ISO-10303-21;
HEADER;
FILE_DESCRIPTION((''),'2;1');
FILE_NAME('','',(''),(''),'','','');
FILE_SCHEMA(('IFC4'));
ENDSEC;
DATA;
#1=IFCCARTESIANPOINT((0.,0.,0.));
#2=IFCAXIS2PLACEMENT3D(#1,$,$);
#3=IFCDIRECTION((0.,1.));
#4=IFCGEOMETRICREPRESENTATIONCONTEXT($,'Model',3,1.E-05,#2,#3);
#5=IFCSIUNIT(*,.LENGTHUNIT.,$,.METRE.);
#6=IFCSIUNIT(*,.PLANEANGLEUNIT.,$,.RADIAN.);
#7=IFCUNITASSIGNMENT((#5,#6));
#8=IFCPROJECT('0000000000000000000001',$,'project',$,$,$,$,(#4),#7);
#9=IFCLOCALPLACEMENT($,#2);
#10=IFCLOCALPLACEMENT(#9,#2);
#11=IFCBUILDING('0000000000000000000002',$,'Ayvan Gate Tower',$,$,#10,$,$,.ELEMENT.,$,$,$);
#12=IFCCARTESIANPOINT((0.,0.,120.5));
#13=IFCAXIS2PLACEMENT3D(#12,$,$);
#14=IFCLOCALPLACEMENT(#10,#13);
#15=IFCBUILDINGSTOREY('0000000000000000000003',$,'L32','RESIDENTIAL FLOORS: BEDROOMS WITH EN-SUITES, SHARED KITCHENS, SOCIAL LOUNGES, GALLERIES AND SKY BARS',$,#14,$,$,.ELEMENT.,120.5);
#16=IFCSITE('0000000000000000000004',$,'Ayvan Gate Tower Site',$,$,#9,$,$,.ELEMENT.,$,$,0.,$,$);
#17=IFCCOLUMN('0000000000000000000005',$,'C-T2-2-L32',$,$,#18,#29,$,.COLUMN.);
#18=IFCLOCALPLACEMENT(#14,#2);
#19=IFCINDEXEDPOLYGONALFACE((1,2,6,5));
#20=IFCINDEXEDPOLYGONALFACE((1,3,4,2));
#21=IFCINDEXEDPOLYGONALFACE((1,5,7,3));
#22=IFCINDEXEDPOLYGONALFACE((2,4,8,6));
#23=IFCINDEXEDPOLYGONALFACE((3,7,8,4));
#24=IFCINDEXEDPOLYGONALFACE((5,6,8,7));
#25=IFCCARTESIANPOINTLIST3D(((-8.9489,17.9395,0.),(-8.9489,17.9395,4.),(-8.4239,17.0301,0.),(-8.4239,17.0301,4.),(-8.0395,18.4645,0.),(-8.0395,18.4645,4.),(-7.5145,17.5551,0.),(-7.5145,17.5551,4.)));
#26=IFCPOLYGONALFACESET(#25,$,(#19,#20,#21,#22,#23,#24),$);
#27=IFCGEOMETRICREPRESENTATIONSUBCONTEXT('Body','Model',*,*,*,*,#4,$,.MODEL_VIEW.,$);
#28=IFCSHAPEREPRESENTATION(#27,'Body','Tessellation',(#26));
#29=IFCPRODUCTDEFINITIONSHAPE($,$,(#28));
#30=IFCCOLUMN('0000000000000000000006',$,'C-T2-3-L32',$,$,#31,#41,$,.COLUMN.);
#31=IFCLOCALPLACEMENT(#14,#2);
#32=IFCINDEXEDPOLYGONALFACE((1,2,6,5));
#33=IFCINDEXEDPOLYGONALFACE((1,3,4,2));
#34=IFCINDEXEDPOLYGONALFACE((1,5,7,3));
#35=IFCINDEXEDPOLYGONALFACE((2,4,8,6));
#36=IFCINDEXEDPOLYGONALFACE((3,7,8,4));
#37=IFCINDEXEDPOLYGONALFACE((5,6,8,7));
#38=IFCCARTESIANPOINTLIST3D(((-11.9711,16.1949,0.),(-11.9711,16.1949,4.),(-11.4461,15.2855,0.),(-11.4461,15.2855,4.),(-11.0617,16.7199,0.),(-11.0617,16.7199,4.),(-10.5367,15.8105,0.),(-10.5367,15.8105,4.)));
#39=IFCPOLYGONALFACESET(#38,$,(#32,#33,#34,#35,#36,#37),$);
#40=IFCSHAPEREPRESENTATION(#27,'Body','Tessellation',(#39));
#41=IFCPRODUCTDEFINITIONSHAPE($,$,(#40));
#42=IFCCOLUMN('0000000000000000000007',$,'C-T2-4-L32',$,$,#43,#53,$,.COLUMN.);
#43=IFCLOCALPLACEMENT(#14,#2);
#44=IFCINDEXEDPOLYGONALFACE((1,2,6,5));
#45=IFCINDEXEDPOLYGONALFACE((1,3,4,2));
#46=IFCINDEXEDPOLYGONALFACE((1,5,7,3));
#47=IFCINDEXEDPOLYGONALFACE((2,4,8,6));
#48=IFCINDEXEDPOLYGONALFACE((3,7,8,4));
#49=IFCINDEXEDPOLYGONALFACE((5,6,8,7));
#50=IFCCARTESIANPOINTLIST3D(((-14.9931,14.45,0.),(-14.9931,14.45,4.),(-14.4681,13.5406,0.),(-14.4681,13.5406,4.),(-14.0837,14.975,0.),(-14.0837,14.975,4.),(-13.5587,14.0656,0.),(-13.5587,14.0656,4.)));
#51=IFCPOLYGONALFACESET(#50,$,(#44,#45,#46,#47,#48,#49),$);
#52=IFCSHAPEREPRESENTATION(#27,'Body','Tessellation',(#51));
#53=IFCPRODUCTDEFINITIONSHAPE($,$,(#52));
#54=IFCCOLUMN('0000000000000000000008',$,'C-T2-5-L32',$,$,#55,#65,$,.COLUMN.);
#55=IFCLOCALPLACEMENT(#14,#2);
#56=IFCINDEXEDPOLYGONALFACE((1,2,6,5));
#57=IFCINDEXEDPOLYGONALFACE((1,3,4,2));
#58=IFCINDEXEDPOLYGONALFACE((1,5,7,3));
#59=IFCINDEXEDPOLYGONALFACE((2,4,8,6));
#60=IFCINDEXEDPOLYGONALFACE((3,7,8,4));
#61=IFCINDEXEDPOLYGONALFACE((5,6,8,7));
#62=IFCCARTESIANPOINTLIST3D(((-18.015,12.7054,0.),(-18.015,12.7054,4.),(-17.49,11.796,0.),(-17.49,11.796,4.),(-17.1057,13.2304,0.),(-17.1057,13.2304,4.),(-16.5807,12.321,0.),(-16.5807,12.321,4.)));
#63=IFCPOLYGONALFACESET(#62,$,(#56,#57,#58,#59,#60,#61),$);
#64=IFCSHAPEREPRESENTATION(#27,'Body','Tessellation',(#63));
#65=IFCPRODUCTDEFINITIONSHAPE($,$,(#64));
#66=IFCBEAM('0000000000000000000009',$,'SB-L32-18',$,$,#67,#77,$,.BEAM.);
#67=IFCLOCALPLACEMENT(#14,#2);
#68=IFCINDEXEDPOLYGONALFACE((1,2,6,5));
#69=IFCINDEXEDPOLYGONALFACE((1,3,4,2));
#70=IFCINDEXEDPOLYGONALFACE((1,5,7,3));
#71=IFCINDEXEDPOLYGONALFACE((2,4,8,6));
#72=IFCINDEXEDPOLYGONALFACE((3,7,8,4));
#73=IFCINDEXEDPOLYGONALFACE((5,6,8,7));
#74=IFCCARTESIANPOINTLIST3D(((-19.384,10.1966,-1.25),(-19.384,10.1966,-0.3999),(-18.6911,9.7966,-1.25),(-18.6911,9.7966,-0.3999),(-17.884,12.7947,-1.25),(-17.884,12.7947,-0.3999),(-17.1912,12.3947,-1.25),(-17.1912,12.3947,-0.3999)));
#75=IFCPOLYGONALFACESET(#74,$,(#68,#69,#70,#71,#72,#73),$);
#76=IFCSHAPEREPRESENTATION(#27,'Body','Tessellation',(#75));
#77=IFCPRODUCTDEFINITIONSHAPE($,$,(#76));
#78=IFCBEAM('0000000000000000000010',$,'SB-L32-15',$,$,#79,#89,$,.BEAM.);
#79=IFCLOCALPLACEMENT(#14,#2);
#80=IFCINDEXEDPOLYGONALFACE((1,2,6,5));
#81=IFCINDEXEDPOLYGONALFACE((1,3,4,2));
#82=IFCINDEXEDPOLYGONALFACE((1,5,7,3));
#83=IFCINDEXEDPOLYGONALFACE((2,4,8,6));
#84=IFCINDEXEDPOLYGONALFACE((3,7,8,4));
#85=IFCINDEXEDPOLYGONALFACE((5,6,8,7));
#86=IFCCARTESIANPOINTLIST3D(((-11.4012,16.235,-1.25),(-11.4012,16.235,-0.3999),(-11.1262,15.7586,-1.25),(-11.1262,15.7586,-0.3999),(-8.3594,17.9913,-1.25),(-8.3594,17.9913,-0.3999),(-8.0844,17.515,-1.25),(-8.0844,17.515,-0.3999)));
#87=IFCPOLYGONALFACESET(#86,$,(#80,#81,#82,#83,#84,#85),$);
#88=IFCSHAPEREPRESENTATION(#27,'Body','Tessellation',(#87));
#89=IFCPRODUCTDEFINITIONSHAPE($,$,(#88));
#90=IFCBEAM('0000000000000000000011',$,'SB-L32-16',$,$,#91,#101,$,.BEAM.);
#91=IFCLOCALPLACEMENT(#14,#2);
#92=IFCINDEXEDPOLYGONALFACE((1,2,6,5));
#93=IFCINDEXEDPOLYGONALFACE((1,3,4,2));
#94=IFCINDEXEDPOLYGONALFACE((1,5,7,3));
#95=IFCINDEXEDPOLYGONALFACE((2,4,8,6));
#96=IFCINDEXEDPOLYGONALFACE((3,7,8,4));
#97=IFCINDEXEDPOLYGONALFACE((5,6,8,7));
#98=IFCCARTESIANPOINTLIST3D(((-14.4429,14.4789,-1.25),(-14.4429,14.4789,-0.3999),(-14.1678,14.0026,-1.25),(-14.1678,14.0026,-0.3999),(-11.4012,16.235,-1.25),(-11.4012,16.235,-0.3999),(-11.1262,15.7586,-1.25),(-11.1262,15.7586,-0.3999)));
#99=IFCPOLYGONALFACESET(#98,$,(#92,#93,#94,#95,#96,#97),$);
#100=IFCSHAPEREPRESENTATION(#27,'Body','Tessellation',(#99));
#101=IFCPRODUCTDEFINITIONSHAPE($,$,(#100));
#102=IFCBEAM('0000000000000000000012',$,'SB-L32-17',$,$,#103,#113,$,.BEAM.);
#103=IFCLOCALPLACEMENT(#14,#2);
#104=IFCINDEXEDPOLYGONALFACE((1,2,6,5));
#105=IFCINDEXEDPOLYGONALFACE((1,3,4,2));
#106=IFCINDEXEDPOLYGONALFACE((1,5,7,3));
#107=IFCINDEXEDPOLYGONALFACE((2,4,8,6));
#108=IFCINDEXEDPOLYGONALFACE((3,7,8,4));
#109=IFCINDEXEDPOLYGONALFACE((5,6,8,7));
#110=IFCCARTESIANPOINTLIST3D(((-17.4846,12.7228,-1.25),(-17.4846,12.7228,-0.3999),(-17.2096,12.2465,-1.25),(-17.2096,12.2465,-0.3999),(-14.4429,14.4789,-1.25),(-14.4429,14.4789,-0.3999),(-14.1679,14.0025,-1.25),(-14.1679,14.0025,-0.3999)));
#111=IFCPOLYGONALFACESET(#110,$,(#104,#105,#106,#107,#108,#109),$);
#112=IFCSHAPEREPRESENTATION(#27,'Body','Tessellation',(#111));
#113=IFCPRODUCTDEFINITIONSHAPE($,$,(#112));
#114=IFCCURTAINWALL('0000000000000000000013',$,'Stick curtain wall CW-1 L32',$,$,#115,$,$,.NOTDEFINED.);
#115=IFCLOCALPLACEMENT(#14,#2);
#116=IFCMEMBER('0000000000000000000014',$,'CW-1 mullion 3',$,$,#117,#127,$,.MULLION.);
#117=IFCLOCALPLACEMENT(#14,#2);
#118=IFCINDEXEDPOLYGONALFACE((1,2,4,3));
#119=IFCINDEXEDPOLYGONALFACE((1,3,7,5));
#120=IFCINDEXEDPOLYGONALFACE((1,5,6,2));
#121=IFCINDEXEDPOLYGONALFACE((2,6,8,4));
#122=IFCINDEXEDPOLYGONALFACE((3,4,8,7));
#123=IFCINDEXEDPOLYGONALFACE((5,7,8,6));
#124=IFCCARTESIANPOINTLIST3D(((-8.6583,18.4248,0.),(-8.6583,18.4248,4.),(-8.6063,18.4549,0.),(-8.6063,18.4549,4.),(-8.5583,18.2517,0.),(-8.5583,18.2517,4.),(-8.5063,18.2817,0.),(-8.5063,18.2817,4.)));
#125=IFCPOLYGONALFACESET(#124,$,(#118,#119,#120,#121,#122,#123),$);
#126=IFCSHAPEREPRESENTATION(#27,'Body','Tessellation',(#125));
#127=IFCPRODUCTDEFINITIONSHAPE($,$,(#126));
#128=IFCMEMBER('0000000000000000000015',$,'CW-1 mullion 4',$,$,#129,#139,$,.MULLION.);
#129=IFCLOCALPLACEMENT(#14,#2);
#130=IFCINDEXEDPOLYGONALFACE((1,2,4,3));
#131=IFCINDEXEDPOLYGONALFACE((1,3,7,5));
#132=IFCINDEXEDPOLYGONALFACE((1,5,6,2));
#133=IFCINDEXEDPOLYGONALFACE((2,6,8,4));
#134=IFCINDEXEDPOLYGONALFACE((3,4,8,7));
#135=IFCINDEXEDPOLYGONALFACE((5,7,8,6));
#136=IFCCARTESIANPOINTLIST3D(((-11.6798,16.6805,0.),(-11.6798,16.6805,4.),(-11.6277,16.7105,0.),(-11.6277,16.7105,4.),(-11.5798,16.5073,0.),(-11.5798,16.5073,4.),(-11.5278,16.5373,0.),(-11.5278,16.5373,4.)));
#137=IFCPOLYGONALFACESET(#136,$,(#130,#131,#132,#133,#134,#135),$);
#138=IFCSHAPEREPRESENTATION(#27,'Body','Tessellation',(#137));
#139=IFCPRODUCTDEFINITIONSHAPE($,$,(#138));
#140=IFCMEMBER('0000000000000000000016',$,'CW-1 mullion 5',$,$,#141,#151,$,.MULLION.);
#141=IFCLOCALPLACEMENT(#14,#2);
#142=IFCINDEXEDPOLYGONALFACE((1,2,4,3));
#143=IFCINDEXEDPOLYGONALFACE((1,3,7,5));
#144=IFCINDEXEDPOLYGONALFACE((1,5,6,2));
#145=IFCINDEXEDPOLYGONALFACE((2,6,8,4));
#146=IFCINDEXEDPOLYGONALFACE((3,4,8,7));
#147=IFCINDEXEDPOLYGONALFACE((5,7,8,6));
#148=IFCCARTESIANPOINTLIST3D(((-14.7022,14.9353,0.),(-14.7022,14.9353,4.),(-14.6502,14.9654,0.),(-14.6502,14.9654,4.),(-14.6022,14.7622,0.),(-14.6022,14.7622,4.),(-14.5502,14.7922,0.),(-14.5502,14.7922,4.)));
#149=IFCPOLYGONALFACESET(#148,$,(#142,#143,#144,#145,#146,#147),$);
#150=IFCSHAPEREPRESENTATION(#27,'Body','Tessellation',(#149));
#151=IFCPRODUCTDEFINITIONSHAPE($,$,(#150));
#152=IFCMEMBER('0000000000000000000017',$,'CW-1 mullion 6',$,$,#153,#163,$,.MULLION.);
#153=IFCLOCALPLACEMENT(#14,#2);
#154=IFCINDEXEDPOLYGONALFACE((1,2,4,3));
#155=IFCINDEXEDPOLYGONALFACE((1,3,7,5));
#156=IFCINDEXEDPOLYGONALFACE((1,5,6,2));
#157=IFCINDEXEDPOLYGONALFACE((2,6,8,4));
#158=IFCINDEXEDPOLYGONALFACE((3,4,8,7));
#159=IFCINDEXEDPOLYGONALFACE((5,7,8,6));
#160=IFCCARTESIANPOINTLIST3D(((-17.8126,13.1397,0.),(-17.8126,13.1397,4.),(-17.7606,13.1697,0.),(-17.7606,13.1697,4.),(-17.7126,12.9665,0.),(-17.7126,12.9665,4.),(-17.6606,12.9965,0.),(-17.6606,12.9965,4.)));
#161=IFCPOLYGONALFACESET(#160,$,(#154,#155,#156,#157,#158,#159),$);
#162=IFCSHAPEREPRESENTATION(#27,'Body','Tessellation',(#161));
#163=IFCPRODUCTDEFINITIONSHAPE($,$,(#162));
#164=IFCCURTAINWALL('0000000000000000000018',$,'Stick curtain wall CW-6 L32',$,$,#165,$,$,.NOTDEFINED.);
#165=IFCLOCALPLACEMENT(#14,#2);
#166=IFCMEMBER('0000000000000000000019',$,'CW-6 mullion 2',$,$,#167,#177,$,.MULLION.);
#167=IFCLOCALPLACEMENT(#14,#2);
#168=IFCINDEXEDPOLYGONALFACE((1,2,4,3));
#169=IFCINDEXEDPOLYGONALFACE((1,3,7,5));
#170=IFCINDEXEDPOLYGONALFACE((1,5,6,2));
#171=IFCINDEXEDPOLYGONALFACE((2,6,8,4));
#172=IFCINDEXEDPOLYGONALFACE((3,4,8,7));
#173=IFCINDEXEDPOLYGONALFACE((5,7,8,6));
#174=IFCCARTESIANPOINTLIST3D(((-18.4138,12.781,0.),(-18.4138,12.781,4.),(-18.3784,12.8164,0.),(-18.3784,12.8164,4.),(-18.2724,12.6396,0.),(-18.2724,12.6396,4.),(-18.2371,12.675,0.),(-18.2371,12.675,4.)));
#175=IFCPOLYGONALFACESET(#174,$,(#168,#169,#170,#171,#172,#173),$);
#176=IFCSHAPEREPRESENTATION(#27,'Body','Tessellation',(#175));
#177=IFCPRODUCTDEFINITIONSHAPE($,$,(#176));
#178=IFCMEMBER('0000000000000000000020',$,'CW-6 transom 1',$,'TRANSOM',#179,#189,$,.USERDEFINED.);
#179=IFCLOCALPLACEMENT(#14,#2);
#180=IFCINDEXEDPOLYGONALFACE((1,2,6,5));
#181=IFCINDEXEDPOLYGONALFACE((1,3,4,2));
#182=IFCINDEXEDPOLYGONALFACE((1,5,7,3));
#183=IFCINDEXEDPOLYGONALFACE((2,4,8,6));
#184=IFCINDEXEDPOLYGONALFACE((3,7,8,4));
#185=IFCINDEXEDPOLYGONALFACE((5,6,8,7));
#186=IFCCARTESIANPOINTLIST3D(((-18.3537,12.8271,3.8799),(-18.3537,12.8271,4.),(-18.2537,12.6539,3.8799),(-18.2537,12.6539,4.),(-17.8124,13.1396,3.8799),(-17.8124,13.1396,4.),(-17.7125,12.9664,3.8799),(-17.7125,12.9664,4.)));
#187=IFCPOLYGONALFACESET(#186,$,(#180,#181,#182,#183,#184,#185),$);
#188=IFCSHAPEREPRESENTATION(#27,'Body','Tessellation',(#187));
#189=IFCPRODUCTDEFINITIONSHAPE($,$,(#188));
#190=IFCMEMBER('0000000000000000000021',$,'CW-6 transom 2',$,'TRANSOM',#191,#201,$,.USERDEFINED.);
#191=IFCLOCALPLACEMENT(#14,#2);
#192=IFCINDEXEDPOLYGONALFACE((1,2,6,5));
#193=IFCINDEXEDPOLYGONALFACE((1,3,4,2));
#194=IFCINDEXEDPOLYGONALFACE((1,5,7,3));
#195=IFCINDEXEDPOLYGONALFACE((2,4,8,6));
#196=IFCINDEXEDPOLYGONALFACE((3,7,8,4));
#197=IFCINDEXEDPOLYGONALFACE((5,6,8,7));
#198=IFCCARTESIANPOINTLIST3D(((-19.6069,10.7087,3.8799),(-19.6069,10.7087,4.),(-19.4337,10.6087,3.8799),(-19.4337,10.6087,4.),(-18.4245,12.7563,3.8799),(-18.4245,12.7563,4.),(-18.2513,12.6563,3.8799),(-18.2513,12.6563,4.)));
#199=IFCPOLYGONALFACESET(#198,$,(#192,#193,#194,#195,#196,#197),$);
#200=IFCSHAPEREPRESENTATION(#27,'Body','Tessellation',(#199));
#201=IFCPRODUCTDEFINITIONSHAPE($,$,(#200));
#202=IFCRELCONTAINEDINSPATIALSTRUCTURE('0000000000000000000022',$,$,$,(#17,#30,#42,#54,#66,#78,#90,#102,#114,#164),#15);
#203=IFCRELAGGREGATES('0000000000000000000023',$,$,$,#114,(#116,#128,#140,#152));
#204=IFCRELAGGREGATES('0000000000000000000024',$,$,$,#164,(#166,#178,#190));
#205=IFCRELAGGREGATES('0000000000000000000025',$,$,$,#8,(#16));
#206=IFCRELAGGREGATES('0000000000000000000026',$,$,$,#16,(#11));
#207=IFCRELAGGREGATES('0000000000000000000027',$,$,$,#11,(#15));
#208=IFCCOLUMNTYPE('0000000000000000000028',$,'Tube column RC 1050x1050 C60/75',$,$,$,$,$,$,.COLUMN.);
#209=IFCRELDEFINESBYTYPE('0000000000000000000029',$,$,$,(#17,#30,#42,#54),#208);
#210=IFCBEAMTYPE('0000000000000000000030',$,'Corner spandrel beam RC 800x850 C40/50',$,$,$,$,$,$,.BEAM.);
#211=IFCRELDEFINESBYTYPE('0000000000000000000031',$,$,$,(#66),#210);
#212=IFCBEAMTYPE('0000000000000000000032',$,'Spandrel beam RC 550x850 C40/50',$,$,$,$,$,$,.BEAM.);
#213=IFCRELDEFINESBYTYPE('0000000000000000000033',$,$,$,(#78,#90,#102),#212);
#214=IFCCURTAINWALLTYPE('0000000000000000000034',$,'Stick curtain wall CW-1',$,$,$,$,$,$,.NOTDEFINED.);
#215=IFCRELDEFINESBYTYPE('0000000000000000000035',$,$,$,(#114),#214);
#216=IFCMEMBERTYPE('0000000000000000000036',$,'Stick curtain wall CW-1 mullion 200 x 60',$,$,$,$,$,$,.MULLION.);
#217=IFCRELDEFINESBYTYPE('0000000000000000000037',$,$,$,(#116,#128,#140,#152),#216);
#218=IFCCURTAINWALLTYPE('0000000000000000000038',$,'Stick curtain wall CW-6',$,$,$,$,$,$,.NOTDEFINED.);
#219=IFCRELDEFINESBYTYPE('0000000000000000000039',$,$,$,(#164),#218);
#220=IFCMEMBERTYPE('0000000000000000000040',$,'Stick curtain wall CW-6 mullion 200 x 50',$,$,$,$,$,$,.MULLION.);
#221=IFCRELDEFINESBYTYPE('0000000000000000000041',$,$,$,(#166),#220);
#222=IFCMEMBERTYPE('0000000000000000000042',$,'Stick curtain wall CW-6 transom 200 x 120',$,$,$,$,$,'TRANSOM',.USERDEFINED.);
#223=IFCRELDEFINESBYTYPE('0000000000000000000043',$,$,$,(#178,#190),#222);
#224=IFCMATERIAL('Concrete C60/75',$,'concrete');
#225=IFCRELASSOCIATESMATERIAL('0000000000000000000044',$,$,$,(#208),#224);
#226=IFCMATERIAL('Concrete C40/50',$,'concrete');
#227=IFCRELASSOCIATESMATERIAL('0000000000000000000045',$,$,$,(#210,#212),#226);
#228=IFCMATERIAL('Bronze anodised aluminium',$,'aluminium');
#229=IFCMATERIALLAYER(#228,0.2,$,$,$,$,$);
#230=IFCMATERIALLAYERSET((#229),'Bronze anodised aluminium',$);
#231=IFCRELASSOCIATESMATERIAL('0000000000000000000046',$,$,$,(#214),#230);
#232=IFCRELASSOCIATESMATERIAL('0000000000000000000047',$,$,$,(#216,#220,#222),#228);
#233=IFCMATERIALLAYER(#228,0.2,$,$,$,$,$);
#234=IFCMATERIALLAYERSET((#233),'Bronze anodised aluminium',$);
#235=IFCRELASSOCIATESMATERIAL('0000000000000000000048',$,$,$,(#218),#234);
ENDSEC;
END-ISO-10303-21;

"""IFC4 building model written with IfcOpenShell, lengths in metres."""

from ifc_helpers import new_model, si_unit, direction, frame, origin, origin_2d, place, context, subcontext, project, spatial, rectangle, extrude, material, layer, layer_set, material_profile, profile_set, type_object, element, aggregate, save


model = new_model("IFC4")

# Units and contexts
model_context = context("Model", 3, precision=1e-05, world=origin(), true_north=direction((0.0, 1.0)))
body_context = subcontext(model_context, "Body", "Model", "MODEL_VIEW")
ifc_project = project(units=[si_unit("LENGTHUNIT", "METRE"), si_unit("PLANEANGLEUNIT", "RADIAN")], contexts=[model_context])

# Site, building, storey
site_placement = place(None, origin())
site = spatial("IfcSite", under=ifc_project, at=site_placement, Name="Ayvan Gate Tower Site", CompositionType="ELEMENT", RefElevation=0.0)
building_placement = place(site_placement, origin())
building = spatial("IfcBuilding", under=site, at=building_placement, Name="Ayvan Gate Tower", CompositionType="ELEMENT")
storey_placement = place(building_placement, frame((0.0, 0.0, 120.5)))
storey = spatial("IfcBuildingStorey", under=building, at=storey_placement, Name="L32", Description="RESIDENTIAL FLOORS: BEDROOMS WITH EN-SUITES, SHARED KITCHENS, SOCIAL LOUNGES, GALLERIES AND SKY BARS", CompositionType="ELEMENT", Elevation=120.5)

# Columns
ifc_material_1 = material(Name="Concrete C60/75", Category="concrete")
ifc_material_profile_1 = material_profile(ifc_material_1, rectangle(XDim=1.05, YDim=1.05, at=origin_2d()), Name="RC 1050x1050")
ifc_profile_set_1 = profile_set([ifc_material_profile_1], Name="Concrete C60/75")
column_type = type_object("IfcColumnType", Name="Tube column RC 1050x1050 C60/75", PredefinedType="COLUMN", material=ifc_profile_set_1)
for number, where, z_axis, x_axis, name in (
    (1, (-8.2317, 17.7473, 0.0), (0.0, 0.0, 1.0), (-0.5, 0.866025, 0.0), "C-T2-2-L32"),
    (2, (-11.2539, 16.0027, 0.0), (0.0, 0.0, 1.0), (-0.5, 0.866025, 0.0), "C-T2-3-L32"),
    (3, (-14.2759, 14.2578, 0.0), (0.0, 0.0, 1.0), (-0.5, 0.866025, 0.0), "C-T2-4-L32"),
    (4, (-17.2979, 12.5132, 0.0), (0.0, 0.0, 1.0), (-0.5, 0.866025, 0.0), "C-T2-5-L32"),
):
    element("IfcColumn", number, at=place(storey_placement, frame(where, z_axis=z_axis, x_axis=x_axis)), inside=storey, type_object=column_type, Name=name, PredefinedType="COLUMN", context=body_context, shape_type="SweptSolid", body=[
        extrude(rectangle(XDim=1.05, YDim=1.05, at=origin_2d()), origin(), (0.0, 0.0, 1.0), 4.0),
    ])

# Beams
ifc_material_2 = material(Name="Concrete C40/50", Category="concrete")
ifc_material_profile_2 = material_profile(ifc_material_2, rectangle(XDim=0.8, YDim=0.8501, at=origin_2d()), Name="RC 800x850")
ifc_profile_set_2 = profile_set([ifc_material_profile_2], Name="Concrete C40/50")
beam_type_1 = type_object("IfcBeamType", Name="Corner spandrel beam RC 800x850 C40/50", PredefinedType="BEAM", material=ifc_profile_set_2)
beam_1_placement = place(storey_placement, frame((-17.5376, 12.5947, -0.825), z_axis=(-0.49999, -0.866031, 0.0), x_axis=(0.866031, -0.49999, 0.0)))
element("IfcBeam", 5, at=beam_1_placement, inside=storey, type_object=beam_type_1, Name="SB-L32-18", PredefinedType="BEAM", context=body_context, shape_type="SweptSolid", body=[
    extrude(rectangle(XDim=0.8, YDim=0.8501, at=origin_2d()), origin(), (0.0, 0.0, 1.0), 3.0),
])
ifc_material_profile_3 = material_profile(ifc_material_2, rectangle(XDim=0.55, YDim=0.8501, at=origin_2d()), Name="RC 550x850")
ifc_profile_set_3 = profile_set([ifc_material_profile_3], Name="Concrete C40/50")
beam_type_2 = type_object("IfcBeamType", Name="Spandrel beam RC 550x850 C40/50", PredefinedType="BEAM", material=ifc_profile_set_3)
beam_2_placement = place(storey_placement, frame((-8.2219, 17.7532, -0.825), z_axis=(-0.866002, -0.500041, 0.0), x_axis=(0.500041, -0.866002, 0.0)))
element("IfcBeam", 6, at=beam_2_placement, inside=storey, type_object=beam_type_2, Name="SB-L32-15", PredefinedType="BEAM", context=body_context, shape_type="SweptSolid", body=[
    extrude(rectangle(XDim=0.55, YDim=0.8501, at=origin_2d()), origin(), (0.0, 0.0, 1.0), 3.5125),
])
for number, where, z_axis, x_axis, name in (
    (7, (-11.2637, 15.9968, -0.825), (-0.866032, -0.499989, 0.0), (0.499989, -0.866032, 0.0), "SB-L32-16"),
    (8, (-14.3054, 14.2407, -0.825), (-0.866032, -0.499989, 0.0), (0.499989, -0.866032, 0.0), "SB-L32-17"),
):
    element("IfcBeam", number, at=place(storey_placement, frame(where, z_axis=z_axis, x_axis=x_axis)), inside=storey, type_object=beam_type_2, Name=name, PredefinedType="BEAM", context=body_context, shape_type="SweptSolid", body=[
        extrude(rectangle(XDim=0.55, YDim=0.8501, at=origin_2d()), origin(), (0.0, 0.0, 1.0), 3.5122),
    ])

# Curtain walls, members
ifc_material_3 = material(Name="Bronze anodised aluminium", Category="aluminium")
ifc_layer_1 = layer(ifc_material_3, 0.2)
ifc_layer_set_1 = layer_set([ifc_layer_1], Name="Bronze anodised aluminium")
curtain_wall_type_1 = type_object("IfcCurtainWallType", Name="Stick curtain wall CW-1", PredefinedType="NOTDEFINED", material=ifc_layer_set_1)
curtain_wall_1_placement = place(storey_placement, origin())
curtain_wall_1 = element("IfcCurtainWall", 9, at=curtain_wall_1_placement, inside=storey, type_object=curtain_wall_type_1, Name="Stick curtain wall CW-1 L32", PredefinedType="NOTDEFINED")
ifc_material_profile_4 = material_profile(ifc_material_3, rectangle(XDim=0.2, YDim=0.0601, at=origin_2d()), Name="Stick curtain wall CW-1 mullion 200 x 60")
ifc_profile_set_4 = profile_set([ifc_material_profile_4], Name="Bronze anodised aluminium")
member_type_1 = type_object("IfcMemberType", Name="Stick curtain wall CW-1 mullion 200 x 60", PredefinedType="MULLION", material=ifc_profile_set_4)
member_1_placement = place(storey_placement, frame((-8.5823, 18.3533, 0.0), z_axis=(0.0, 0.0, 1.0), x_axis=(-0.5, 0.866025, 0.0)))
member_1 = element("IfcMember", 10, at=member_1_placement, type_object=member_type_1, Name="CW-1 mullion 3", PredefinedType="MULLION", context=body_context, shape_type="SweptSolid", body=[
    extrude(rectangle(XDim=0.2, YDim=0.0601, at=origin_2d()), origin(), (0.0, 0.0, 1.0), 4.0),
])
member_2_placement = place(storey_placement, frame((-11.6038, 16.6089, 0.0), z_axis=(0.0, 0.0, 1.0), x_axis=(-0.5, 0.866025, 0.0)))
member_2 = element("IfcMember", 11, at=member_2_placement, type_object=member_type_1, Name="CW-1 mullion 4", PredefinedType="MULLION", context=body_context, shape_type="SweptSolid", body=[
    extrude(rectangle(XDim=0.2, YDim=0.0601, at=origin_2d()), origin(), (0.0, 0.0, 1.0), 4.0),
])
member_3_placement = place(storey_placement, frame((-14.6262, 14.8638, 0.0), z_axis=(0.0, 0.0, 1.0), x_axis=(-0.5, 0.866025, 0.0)))
member_3 = element("IfcMember", 12, at=member_3_placement, type_object=member_type_1, Name="CW-1 mullion 5", PredefinedType="MULLION", context=body_context, shape_type="SweptSolid", body=[
    extrude(rectangle(XDim=0.2, YDim=0.0601, at=origin_2d()), origin(), (0.0, 0.0, 1.0), 4.0),
])
member_4_placement = place(storey_placement, frame((-17.7366, 13.0681, 0.0), z_axis=(0.0, 0.0, 1.0), x_axis=(-0.5, 0.866025, 0.0)))
member_4 = element("IfcMember", 13, at=member_4_placement, type_object=member_type_1, Name="CW-1 mullion 6", PredefinedType="MULLION", context=body_context, shape_type="SweptSolid", body=[
    extrude(rectangle(XDim=0.2, YDim=0.0601, at=origin_2d()), origin(), (0.0, 0.0, 1.0), 4.0),
])
ifc_layer_2 = layer(ifc_material_3, 0.2)
ifc_layer_set_2 = layer_set([ifc_layer_2], Name="Bronze anodised aluminium")
curtain_wall_type_2 = type_object("IfcCurtainWallType", Name="Stick curtain wall CW-6", PredefinedType="NOTDEFINED", material=ifc_layer_set_2)
curtain_wall_2_placement = place(storey_placement, origin())
curtain_wall_2 = element("IfcCurtainWall", 14, at=curtain_wall_2_placement, inside=storey, type_object=curtain_wall_type_2, Name="Stick curtain wall CW-6 L32", PredefinedType="NOTDEFINED")
ifc_material_profile_5 = material_profile(ifc_material_3, rectangle(XDim=0.2, YDim=0.05, at=origin_2d()), Name="Stick curtain wall CW-6 mullion 200 x 50")
ifc_profile_set_5 = profile_set([ifc_material_profile_5], Name="Bronze anodised aluminium")
member_type_2 = type_object("IfcMemberType", Name="Stick curtain wall CW-6 mullion 200 x 50", PredefinedType="MULLION", material=ifc_profile_set_5)
member_5_placement = place(storey_placement, frame((-18.3254, 12.728, 0.0), z_axis=(0.0, 0.0, 1.0), x_axis=(-0.707107, 0.707107, 0.0)))
member_5 = element("IfcMember", 15, at=member_5_placement, type_object=member_type_2, Name="CW-6 mullion 2", PredefinedType="MULLION", context=body_context, shape_type="SweptSolid", body=[
    extrude(rectangle(XDim=0.2, YDim=0.05, at=origin_2d()), origin(), (0.0, 0.0, 1.0), 4.0),
])
ifc_material_profile_6 = material_profile(ifc_material_3, rectangle(XDim=0.2, YDim=0.1201, at=origin_2d()), Name="Stick curtain wall CW-6 transom 200 x 120")
ifc_profile_set_6 = profile_set([ifc_material_profile_6], Name="Bronze anodised aluminium")
member_type_3 = type_object("IfcMemberType", Name="Stick curtain wall CW-6 transom 200 x 120", ElementType="TRANSOM", PredefinedType="USERDEFINED", material=ifc_profile_set_6)
member_6_placement = place(storey_placement, frame((-17.7625, 13.053, 3.9399), z_axis=(-0.866023, -0.500004, 0.0), x_axis=(0.500004, -0.866023, 0.0)))
member_6 = element("IfcMember", 16, at=member_6_placement, type_object=member_type_3, Name="CW-6 transom 1", ObjectType="TRANSOM", PredefinedType="USERDEFINED", context=body_context, shape_type="SweptSolid", body=[
    extrude(rectangle(XDim=0.2, YDim=0.1201, at=origin_2d()), origin(), (0.0, 0.0, 1.0), 0.625),
])
member_7_placement = place(storey_placement, frame((-18.3379, 12.7063, 3.9399), z_axis=(-0.500059, -0.865991, 0.0), x_axis=(0.865991, -0.500059, 0.0)))
member_7 = element("IfcMember", 17, at=member_7_placement, type_object=member_type_3, Name="CW-6 transom 2", ObjectType="TRANSOM", PredefinedType="USERDEFINED", context=body_context, shape_type="SweptSolid", body=[
    extrude(rectangle(XDim=0.2, YDim=0.1201, at=origin_2d()), origin(), (0.0, 0.0, 1.0), 2.3645),
])

aggregate(curtain_wall_1, [member_1, member_2, member_3, member_4])
aggregate(curtain_wall_2, [member_5, member_6, member_7])

save(model, "model.ifc")
